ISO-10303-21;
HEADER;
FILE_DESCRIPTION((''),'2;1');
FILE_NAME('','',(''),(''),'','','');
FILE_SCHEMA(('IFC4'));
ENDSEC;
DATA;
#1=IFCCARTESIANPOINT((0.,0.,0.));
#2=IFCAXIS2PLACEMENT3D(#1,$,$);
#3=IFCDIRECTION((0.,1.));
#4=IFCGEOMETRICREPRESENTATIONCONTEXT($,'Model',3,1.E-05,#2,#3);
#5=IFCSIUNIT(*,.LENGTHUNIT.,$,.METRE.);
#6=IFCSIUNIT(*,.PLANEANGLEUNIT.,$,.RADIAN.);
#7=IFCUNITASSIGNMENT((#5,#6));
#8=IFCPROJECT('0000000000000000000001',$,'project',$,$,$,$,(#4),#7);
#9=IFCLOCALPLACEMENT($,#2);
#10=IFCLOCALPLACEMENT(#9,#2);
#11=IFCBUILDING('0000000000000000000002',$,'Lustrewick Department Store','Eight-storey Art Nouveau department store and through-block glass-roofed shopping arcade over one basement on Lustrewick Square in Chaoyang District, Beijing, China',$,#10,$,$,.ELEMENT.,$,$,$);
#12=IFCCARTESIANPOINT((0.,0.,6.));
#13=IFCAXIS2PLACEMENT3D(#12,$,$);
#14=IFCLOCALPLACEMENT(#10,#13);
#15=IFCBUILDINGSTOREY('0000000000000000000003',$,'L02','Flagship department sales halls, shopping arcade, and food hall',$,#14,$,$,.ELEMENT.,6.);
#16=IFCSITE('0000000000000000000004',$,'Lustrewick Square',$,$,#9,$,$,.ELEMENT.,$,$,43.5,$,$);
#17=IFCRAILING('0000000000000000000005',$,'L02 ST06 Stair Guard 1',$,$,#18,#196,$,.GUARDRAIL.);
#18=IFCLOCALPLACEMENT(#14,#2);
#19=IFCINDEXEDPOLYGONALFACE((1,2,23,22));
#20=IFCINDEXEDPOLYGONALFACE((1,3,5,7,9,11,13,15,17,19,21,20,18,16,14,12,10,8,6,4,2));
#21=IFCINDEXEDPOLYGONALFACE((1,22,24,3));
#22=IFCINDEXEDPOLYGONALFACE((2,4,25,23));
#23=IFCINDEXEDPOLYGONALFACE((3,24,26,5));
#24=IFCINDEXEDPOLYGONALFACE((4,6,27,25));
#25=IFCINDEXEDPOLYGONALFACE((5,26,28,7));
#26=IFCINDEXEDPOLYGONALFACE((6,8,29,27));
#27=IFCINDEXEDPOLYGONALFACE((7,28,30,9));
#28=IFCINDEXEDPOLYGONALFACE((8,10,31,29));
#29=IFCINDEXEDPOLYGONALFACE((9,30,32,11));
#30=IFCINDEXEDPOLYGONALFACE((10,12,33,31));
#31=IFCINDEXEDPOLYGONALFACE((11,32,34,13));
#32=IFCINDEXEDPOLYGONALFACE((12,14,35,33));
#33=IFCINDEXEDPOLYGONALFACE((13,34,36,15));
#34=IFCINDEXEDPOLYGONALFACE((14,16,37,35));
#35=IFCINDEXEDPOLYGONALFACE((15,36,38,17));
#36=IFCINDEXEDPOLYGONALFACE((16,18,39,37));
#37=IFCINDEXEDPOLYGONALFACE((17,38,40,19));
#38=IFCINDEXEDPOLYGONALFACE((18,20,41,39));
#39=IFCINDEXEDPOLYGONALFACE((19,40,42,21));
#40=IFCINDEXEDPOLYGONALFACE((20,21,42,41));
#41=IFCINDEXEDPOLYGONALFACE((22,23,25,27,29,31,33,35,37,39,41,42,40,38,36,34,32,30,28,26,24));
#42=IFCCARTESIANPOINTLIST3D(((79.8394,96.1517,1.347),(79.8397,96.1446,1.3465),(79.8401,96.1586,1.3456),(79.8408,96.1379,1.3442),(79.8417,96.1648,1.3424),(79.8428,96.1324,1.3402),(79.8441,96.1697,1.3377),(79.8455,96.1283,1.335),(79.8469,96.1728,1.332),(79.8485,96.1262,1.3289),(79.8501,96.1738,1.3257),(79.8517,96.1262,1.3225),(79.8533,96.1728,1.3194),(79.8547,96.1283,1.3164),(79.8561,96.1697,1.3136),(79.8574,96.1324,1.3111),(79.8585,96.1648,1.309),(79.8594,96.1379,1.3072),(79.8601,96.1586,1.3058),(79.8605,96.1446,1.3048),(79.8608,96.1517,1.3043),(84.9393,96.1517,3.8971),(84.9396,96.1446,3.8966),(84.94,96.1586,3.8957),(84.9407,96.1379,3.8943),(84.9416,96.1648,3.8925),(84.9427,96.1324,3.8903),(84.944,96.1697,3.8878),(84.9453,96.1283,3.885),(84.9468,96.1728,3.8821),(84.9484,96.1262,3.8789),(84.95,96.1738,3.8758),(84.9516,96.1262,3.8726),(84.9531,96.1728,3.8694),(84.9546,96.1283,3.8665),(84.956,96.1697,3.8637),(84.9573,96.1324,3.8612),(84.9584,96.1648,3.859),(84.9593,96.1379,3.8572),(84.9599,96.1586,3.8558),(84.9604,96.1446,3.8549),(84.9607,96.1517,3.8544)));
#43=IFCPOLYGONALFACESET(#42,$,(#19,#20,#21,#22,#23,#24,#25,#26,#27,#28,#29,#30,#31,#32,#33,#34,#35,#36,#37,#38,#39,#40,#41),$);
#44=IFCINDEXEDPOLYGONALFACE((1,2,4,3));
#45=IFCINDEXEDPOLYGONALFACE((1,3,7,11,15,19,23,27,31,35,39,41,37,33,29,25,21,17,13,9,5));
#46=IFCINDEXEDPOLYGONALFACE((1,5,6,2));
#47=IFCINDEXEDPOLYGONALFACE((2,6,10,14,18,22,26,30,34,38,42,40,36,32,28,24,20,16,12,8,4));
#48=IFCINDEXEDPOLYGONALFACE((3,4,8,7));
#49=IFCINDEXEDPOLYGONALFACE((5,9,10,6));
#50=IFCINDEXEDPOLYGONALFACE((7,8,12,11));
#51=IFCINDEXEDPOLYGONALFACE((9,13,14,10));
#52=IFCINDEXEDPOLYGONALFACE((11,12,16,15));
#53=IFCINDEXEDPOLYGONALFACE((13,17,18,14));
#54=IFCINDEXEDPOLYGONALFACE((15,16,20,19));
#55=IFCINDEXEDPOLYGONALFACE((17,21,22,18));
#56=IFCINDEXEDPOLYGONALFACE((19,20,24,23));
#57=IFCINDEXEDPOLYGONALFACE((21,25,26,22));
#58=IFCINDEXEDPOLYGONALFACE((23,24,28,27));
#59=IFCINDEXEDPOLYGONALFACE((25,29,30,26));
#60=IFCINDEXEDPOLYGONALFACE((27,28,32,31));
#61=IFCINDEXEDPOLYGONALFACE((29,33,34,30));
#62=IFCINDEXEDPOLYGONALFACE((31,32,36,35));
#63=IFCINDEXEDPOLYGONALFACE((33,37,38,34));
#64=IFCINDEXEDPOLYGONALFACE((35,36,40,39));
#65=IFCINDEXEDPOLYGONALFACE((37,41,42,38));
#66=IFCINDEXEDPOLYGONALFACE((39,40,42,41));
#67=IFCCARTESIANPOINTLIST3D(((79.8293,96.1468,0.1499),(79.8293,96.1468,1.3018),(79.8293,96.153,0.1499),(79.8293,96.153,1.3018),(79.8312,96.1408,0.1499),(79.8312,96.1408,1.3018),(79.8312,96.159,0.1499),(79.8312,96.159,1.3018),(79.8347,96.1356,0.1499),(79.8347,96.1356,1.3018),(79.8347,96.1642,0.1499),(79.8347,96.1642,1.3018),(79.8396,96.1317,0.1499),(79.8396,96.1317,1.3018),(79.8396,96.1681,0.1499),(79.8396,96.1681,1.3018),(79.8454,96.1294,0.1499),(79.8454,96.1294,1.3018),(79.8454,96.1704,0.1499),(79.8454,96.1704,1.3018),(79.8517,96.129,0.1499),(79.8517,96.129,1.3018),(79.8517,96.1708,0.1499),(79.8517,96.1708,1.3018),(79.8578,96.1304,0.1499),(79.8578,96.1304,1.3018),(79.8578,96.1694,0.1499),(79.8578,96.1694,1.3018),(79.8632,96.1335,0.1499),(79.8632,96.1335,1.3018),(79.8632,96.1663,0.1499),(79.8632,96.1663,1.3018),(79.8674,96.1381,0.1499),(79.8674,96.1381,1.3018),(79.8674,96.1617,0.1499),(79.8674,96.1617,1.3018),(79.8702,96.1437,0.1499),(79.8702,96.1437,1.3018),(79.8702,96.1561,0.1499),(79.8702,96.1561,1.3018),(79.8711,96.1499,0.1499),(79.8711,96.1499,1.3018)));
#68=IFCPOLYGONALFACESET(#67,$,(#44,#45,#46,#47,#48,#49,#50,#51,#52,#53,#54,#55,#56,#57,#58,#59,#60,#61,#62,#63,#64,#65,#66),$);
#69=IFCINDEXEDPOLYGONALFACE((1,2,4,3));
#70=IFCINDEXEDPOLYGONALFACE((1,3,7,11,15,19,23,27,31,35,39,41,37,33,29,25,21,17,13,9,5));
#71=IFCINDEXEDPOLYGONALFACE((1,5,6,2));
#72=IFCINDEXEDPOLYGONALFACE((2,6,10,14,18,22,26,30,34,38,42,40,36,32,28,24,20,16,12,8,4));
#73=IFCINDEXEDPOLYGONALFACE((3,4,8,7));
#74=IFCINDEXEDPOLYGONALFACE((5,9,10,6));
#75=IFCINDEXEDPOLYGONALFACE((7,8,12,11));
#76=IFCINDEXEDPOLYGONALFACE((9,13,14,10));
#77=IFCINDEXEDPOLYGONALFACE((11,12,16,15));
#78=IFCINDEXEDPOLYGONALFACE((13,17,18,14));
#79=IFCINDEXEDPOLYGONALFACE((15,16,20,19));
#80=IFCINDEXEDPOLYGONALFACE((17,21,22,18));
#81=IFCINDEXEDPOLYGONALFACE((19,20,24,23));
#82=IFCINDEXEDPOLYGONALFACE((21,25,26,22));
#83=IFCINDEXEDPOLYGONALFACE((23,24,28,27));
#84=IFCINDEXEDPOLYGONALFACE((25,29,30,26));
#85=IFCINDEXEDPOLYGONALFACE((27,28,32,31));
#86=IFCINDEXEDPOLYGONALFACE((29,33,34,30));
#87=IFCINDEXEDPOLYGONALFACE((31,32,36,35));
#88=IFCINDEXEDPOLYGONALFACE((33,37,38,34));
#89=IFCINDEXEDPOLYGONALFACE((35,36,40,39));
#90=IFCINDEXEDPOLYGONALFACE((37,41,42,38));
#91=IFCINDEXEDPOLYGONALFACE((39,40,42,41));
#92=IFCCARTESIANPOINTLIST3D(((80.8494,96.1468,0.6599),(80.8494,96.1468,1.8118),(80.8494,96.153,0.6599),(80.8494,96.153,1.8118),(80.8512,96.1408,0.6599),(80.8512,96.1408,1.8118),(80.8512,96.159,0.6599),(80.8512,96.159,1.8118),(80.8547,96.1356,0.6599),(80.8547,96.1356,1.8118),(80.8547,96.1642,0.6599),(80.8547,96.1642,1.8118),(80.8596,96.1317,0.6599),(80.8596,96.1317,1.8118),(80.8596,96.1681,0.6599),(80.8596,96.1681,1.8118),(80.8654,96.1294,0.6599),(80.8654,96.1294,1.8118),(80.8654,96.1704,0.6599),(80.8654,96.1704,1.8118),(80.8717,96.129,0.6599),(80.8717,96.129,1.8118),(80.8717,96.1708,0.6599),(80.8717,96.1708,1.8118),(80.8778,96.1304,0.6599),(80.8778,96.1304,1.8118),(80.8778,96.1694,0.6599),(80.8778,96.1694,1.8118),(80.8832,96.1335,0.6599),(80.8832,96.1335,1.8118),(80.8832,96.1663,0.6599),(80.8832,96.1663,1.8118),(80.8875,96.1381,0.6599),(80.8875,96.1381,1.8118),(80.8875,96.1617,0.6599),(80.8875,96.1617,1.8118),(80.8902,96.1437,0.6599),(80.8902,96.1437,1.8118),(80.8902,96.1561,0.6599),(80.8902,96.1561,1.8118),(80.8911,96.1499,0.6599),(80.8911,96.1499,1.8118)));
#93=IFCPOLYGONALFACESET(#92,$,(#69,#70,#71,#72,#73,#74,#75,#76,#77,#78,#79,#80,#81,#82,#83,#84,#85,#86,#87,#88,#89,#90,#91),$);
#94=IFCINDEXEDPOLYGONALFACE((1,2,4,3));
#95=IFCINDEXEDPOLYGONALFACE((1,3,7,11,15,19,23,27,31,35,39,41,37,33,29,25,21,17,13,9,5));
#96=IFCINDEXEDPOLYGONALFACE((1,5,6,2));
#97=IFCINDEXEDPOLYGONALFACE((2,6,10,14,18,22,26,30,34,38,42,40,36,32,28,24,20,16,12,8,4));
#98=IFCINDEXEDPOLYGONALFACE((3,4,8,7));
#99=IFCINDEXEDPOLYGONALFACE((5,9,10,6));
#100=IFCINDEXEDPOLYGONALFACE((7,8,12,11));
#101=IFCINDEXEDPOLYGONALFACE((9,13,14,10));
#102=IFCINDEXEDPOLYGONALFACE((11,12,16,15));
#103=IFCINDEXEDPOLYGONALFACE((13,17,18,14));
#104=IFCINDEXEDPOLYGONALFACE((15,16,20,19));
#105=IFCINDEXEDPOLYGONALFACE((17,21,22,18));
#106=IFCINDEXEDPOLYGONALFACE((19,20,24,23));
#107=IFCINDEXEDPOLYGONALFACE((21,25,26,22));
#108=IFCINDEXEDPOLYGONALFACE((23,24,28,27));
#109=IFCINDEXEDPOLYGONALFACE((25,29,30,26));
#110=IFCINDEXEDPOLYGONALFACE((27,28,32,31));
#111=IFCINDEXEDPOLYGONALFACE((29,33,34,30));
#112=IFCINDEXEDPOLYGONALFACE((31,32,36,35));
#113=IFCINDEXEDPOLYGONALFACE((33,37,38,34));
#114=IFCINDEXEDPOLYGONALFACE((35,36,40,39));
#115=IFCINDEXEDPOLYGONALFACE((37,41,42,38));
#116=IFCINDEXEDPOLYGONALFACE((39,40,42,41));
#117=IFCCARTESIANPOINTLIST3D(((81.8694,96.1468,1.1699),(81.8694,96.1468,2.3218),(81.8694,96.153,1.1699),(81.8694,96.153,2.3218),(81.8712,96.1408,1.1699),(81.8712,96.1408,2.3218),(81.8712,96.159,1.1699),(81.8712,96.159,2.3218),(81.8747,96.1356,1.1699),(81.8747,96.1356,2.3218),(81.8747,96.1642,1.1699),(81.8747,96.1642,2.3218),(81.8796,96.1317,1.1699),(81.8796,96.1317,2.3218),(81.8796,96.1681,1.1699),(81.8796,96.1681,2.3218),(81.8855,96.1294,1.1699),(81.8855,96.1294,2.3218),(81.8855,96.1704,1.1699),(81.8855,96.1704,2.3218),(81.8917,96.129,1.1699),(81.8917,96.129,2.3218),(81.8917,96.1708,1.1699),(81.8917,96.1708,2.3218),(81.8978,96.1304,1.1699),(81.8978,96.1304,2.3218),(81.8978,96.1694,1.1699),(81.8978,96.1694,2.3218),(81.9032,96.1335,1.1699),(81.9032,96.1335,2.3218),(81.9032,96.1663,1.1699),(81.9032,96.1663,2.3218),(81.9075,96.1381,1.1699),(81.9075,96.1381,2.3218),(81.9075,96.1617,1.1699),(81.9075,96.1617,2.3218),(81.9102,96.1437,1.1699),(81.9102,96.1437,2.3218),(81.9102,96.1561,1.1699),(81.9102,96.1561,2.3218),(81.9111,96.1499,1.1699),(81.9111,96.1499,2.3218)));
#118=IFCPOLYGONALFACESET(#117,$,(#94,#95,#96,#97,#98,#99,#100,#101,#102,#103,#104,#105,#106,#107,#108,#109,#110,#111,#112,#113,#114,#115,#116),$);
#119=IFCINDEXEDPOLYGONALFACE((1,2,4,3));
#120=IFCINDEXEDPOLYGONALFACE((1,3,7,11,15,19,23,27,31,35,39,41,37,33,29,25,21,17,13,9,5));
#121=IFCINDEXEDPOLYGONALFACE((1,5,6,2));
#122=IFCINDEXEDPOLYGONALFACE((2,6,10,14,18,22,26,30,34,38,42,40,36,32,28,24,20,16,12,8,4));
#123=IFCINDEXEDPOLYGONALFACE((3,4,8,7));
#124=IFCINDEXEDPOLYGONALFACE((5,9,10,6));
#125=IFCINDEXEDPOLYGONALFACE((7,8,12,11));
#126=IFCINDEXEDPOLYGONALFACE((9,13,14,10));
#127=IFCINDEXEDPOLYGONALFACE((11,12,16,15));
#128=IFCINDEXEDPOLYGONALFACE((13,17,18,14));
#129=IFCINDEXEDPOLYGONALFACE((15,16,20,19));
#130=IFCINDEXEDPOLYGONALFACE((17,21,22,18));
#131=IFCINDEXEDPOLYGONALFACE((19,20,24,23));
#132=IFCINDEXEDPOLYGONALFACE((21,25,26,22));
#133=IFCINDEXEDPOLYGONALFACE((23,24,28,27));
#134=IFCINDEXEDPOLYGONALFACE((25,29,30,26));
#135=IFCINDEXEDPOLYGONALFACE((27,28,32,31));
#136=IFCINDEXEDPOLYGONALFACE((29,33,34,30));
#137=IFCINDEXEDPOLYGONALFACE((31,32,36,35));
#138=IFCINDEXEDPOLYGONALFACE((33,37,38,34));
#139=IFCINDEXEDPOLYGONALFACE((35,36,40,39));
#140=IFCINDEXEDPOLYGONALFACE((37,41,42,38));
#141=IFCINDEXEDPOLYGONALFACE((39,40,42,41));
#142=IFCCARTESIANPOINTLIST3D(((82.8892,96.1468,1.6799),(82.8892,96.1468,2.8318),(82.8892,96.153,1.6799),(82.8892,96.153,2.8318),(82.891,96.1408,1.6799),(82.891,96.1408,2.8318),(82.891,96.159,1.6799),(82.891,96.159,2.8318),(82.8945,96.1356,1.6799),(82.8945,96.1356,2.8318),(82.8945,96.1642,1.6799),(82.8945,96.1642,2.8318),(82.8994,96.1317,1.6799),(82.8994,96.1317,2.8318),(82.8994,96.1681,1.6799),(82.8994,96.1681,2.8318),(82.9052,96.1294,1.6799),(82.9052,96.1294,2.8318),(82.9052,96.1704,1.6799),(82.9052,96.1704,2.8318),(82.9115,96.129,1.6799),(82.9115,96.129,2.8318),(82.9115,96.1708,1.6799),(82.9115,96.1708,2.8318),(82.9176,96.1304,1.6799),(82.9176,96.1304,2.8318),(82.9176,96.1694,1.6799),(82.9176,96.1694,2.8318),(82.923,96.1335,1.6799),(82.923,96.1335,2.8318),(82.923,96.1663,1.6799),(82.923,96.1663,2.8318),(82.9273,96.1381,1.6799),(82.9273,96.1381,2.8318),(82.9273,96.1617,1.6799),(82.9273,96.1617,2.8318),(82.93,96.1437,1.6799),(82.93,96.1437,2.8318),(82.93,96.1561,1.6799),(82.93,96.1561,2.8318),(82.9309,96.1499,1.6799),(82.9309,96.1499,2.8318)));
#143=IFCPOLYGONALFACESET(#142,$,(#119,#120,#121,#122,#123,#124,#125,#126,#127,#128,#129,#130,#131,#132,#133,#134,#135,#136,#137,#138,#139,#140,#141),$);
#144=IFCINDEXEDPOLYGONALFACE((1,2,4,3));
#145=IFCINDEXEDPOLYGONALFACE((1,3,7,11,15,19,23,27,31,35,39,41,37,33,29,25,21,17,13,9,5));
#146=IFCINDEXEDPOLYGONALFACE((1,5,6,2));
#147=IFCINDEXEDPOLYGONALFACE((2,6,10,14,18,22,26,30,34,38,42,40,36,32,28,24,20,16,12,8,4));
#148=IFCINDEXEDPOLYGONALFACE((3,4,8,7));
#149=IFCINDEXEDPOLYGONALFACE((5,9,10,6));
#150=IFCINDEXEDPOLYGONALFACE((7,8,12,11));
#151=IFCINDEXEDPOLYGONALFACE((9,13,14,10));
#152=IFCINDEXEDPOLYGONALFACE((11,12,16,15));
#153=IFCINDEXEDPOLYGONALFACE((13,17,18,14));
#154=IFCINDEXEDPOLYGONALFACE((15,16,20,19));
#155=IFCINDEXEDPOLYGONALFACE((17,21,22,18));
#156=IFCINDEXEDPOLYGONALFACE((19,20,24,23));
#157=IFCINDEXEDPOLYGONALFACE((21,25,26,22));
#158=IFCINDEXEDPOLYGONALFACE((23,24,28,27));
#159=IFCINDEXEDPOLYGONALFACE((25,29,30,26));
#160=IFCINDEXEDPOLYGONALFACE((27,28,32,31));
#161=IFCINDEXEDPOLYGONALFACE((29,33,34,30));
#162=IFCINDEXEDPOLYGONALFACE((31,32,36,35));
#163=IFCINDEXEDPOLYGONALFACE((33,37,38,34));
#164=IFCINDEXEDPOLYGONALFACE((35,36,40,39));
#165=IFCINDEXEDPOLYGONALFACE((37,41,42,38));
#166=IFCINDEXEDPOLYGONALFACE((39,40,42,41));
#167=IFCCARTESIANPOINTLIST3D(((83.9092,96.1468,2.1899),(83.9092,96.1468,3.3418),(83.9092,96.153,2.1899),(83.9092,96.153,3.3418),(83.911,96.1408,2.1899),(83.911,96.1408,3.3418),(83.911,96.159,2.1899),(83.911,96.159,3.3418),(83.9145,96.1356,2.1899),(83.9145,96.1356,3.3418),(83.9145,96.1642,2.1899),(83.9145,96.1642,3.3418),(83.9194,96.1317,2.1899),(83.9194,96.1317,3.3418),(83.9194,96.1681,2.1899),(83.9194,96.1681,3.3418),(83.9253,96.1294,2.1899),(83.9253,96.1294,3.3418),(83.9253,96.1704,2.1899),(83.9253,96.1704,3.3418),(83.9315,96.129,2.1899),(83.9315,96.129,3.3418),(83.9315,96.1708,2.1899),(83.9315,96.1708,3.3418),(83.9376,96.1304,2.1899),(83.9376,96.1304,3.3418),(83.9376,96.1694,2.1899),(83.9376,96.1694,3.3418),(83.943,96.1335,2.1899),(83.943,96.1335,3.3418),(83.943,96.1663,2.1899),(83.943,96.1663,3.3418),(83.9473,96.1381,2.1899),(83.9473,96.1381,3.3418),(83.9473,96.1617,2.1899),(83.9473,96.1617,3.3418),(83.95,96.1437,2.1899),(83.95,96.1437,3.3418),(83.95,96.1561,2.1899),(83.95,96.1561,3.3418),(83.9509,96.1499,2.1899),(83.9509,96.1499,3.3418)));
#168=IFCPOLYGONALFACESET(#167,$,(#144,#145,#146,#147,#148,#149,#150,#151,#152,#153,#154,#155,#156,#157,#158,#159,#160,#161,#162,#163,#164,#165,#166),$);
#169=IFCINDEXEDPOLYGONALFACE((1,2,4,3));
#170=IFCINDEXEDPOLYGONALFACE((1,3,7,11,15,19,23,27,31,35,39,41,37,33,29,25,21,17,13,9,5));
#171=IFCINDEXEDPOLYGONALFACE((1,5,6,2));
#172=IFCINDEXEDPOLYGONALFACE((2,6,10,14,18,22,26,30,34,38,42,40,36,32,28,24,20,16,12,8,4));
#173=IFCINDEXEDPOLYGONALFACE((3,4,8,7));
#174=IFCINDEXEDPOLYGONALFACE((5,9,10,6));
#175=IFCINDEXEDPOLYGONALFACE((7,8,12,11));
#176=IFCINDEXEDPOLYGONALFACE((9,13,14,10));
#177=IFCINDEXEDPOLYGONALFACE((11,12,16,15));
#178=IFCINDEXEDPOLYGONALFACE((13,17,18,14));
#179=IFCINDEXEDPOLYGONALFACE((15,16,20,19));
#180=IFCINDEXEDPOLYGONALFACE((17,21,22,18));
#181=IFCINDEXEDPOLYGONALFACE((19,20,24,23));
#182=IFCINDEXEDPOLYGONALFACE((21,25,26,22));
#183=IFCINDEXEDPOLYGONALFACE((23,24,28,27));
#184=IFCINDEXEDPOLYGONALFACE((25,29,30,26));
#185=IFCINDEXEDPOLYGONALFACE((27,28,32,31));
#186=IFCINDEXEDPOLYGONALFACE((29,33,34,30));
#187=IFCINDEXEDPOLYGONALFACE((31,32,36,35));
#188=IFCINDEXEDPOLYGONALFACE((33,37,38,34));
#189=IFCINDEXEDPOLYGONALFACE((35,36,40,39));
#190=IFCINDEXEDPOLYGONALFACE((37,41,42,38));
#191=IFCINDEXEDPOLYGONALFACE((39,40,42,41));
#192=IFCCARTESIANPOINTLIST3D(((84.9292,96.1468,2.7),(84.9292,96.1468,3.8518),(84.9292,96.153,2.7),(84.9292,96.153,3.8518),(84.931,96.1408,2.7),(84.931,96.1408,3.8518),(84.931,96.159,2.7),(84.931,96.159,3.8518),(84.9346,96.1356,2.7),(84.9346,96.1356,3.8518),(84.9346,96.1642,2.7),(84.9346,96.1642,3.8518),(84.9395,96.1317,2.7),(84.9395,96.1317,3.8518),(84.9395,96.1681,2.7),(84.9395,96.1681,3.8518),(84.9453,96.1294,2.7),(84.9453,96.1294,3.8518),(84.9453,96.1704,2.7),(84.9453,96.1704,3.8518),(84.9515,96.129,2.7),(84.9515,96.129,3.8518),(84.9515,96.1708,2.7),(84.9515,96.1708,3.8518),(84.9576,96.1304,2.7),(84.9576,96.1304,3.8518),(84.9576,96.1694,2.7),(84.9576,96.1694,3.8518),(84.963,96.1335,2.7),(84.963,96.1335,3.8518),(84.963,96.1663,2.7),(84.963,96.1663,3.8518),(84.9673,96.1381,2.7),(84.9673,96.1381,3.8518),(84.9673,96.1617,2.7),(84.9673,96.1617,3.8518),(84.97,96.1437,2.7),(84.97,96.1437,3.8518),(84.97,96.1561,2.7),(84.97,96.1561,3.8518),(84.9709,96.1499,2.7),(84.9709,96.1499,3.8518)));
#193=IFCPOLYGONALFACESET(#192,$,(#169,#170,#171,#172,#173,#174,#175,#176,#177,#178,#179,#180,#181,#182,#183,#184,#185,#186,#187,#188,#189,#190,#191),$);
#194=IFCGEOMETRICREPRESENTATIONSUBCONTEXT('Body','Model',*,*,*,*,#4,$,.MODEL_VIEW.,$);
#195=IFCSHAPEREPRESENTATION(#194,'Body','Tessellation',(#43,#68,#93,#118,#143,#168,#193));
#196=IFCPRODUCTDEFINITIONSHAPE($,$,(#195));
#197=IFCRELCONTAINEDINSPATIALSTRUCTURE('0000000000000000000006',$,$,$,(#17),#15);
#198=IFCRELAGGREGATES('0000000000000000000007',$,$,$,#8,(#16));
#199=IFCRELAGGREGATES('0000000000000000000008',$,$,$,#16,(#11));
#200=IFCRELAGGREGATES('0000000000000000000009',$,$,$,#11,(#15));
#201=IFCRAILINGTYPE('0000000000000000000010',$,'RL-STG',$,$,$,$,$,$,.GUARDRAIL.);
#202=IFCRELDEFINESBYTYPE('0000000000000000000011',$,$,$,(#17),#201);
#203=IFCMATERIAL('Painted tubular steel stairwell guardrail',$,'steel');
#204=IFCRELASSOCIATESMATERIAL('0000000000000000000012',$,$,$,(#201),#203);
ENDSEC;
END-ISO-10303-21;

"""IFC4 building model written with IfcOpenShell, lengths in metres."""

from ifc_helpers import new_model, si_unit, direction, frame, origin, origin_2d, place, context, subcontext, project, spatial, circle, extrude, material, type_object, element, save


model = new_model("IFC4")

# Units and contexts
model_context = context("Model", 3, precision=1e-05, world=origin(), true_north=direction((0.0, 1.0)))
body_context = subcontext(model_context, "Body", "Model", "MODEL_VIEW")
ifc_project = project(units=[si_unit("LENGTHUNIT", "METRE"), si_unit("PLANEANGLEUNIT", "RADIAN")], contexts=[model_context])

# Site, building, storey
site_placement = place(None, origin())
site = spatial("IfcSite", under=ifc_project, at=site_placement, Name="Lustrewick Square", CompositionType="ELEMENT", RefElevation=43.5)
building_placement = place(site_placement, origin())
building = spatial("IfcBuilding", under=site, at=building_placement, Name="Lustrewick Department Store", Description="Eight-storey Art Nouveau department store and through-block glass-roofed shopping arcade over one basement on Lustrewick Square in Chaoyang District, Beijing, China", CompositionType="ELEMENT")
storey_placement = place(building_placement, frame((0.0, 0.0, 6.0)))
storey = spatial("IfcBuildingStorey", under=building, at=storey_placement, Name="L02", Description="Flagship department sales halls, shopping arcade, and food hall", CompositionType="ELEMENT", Elevation=6.0)

# Railing
ifc_material_1 = material(Name="Painted tubular steel stairwell guardrail", Category="steel")
railing_type_1 = type_object("IfcRailingType", Name="RL-STG", PredefinedType="GUARDRAIL", material=ifc_material_1)
railing_1_placement = place(storey_placement, frame((79.8501, 96.1499, 0.1499)))
element("IfcRailing", 1, at=railing_1_placement, inside=storey, type_object=railing_type_1, Name="L02 ST06 Stair Guard 1", PredefinedType="GUARDRAIL", context=body_context, shape_type="SweptSolid", body=[
    extrude(circle(Radius=0.0239, at=origin_2d()), frame((0.0, 0.0, 1.1758), z_axis=(0.894419, 0.0, 0.447231), x_axis=(0.0, 1.0, 0.0)), (0.0, 0.0, 1.0), 5.7019),
    extrude(circle(Radius=0.021, at=origin_2d()), origin(), (0.0, 0.0, 1.0), 1.1519),
    extrude(circle(Radius=0.021, at=origin_2d()), frame((1.02, 0.0, 0.51)), (0.0, 0.0, 1.0), 1.1519),
    extrude(circle(Radius=0.021, at=origin_2d()), frame((2.04, 0.0, 1.02)), (0.0, 0.0, 1.0), 1.1519),
    extrude(circle(Radius=0.021, at=origin_2d()), frame((3.0598, 0.0, 1.53)), (0.0, 0.0, 1.0), 1.1519),
    extrude(circle(Radius=0.021, at=origin_2d()), frame((4.0798, 0.0, 2.04)), (0.0, 0.0, 1.0), 1.1519),
    extrude(circle(Radius=0.021, at=origin_2d()), frame((5.0999, 0.0, 2.55)), (0.0, 0.0, 1.0), 1.1519),
])

save(model, "model.ifc")
